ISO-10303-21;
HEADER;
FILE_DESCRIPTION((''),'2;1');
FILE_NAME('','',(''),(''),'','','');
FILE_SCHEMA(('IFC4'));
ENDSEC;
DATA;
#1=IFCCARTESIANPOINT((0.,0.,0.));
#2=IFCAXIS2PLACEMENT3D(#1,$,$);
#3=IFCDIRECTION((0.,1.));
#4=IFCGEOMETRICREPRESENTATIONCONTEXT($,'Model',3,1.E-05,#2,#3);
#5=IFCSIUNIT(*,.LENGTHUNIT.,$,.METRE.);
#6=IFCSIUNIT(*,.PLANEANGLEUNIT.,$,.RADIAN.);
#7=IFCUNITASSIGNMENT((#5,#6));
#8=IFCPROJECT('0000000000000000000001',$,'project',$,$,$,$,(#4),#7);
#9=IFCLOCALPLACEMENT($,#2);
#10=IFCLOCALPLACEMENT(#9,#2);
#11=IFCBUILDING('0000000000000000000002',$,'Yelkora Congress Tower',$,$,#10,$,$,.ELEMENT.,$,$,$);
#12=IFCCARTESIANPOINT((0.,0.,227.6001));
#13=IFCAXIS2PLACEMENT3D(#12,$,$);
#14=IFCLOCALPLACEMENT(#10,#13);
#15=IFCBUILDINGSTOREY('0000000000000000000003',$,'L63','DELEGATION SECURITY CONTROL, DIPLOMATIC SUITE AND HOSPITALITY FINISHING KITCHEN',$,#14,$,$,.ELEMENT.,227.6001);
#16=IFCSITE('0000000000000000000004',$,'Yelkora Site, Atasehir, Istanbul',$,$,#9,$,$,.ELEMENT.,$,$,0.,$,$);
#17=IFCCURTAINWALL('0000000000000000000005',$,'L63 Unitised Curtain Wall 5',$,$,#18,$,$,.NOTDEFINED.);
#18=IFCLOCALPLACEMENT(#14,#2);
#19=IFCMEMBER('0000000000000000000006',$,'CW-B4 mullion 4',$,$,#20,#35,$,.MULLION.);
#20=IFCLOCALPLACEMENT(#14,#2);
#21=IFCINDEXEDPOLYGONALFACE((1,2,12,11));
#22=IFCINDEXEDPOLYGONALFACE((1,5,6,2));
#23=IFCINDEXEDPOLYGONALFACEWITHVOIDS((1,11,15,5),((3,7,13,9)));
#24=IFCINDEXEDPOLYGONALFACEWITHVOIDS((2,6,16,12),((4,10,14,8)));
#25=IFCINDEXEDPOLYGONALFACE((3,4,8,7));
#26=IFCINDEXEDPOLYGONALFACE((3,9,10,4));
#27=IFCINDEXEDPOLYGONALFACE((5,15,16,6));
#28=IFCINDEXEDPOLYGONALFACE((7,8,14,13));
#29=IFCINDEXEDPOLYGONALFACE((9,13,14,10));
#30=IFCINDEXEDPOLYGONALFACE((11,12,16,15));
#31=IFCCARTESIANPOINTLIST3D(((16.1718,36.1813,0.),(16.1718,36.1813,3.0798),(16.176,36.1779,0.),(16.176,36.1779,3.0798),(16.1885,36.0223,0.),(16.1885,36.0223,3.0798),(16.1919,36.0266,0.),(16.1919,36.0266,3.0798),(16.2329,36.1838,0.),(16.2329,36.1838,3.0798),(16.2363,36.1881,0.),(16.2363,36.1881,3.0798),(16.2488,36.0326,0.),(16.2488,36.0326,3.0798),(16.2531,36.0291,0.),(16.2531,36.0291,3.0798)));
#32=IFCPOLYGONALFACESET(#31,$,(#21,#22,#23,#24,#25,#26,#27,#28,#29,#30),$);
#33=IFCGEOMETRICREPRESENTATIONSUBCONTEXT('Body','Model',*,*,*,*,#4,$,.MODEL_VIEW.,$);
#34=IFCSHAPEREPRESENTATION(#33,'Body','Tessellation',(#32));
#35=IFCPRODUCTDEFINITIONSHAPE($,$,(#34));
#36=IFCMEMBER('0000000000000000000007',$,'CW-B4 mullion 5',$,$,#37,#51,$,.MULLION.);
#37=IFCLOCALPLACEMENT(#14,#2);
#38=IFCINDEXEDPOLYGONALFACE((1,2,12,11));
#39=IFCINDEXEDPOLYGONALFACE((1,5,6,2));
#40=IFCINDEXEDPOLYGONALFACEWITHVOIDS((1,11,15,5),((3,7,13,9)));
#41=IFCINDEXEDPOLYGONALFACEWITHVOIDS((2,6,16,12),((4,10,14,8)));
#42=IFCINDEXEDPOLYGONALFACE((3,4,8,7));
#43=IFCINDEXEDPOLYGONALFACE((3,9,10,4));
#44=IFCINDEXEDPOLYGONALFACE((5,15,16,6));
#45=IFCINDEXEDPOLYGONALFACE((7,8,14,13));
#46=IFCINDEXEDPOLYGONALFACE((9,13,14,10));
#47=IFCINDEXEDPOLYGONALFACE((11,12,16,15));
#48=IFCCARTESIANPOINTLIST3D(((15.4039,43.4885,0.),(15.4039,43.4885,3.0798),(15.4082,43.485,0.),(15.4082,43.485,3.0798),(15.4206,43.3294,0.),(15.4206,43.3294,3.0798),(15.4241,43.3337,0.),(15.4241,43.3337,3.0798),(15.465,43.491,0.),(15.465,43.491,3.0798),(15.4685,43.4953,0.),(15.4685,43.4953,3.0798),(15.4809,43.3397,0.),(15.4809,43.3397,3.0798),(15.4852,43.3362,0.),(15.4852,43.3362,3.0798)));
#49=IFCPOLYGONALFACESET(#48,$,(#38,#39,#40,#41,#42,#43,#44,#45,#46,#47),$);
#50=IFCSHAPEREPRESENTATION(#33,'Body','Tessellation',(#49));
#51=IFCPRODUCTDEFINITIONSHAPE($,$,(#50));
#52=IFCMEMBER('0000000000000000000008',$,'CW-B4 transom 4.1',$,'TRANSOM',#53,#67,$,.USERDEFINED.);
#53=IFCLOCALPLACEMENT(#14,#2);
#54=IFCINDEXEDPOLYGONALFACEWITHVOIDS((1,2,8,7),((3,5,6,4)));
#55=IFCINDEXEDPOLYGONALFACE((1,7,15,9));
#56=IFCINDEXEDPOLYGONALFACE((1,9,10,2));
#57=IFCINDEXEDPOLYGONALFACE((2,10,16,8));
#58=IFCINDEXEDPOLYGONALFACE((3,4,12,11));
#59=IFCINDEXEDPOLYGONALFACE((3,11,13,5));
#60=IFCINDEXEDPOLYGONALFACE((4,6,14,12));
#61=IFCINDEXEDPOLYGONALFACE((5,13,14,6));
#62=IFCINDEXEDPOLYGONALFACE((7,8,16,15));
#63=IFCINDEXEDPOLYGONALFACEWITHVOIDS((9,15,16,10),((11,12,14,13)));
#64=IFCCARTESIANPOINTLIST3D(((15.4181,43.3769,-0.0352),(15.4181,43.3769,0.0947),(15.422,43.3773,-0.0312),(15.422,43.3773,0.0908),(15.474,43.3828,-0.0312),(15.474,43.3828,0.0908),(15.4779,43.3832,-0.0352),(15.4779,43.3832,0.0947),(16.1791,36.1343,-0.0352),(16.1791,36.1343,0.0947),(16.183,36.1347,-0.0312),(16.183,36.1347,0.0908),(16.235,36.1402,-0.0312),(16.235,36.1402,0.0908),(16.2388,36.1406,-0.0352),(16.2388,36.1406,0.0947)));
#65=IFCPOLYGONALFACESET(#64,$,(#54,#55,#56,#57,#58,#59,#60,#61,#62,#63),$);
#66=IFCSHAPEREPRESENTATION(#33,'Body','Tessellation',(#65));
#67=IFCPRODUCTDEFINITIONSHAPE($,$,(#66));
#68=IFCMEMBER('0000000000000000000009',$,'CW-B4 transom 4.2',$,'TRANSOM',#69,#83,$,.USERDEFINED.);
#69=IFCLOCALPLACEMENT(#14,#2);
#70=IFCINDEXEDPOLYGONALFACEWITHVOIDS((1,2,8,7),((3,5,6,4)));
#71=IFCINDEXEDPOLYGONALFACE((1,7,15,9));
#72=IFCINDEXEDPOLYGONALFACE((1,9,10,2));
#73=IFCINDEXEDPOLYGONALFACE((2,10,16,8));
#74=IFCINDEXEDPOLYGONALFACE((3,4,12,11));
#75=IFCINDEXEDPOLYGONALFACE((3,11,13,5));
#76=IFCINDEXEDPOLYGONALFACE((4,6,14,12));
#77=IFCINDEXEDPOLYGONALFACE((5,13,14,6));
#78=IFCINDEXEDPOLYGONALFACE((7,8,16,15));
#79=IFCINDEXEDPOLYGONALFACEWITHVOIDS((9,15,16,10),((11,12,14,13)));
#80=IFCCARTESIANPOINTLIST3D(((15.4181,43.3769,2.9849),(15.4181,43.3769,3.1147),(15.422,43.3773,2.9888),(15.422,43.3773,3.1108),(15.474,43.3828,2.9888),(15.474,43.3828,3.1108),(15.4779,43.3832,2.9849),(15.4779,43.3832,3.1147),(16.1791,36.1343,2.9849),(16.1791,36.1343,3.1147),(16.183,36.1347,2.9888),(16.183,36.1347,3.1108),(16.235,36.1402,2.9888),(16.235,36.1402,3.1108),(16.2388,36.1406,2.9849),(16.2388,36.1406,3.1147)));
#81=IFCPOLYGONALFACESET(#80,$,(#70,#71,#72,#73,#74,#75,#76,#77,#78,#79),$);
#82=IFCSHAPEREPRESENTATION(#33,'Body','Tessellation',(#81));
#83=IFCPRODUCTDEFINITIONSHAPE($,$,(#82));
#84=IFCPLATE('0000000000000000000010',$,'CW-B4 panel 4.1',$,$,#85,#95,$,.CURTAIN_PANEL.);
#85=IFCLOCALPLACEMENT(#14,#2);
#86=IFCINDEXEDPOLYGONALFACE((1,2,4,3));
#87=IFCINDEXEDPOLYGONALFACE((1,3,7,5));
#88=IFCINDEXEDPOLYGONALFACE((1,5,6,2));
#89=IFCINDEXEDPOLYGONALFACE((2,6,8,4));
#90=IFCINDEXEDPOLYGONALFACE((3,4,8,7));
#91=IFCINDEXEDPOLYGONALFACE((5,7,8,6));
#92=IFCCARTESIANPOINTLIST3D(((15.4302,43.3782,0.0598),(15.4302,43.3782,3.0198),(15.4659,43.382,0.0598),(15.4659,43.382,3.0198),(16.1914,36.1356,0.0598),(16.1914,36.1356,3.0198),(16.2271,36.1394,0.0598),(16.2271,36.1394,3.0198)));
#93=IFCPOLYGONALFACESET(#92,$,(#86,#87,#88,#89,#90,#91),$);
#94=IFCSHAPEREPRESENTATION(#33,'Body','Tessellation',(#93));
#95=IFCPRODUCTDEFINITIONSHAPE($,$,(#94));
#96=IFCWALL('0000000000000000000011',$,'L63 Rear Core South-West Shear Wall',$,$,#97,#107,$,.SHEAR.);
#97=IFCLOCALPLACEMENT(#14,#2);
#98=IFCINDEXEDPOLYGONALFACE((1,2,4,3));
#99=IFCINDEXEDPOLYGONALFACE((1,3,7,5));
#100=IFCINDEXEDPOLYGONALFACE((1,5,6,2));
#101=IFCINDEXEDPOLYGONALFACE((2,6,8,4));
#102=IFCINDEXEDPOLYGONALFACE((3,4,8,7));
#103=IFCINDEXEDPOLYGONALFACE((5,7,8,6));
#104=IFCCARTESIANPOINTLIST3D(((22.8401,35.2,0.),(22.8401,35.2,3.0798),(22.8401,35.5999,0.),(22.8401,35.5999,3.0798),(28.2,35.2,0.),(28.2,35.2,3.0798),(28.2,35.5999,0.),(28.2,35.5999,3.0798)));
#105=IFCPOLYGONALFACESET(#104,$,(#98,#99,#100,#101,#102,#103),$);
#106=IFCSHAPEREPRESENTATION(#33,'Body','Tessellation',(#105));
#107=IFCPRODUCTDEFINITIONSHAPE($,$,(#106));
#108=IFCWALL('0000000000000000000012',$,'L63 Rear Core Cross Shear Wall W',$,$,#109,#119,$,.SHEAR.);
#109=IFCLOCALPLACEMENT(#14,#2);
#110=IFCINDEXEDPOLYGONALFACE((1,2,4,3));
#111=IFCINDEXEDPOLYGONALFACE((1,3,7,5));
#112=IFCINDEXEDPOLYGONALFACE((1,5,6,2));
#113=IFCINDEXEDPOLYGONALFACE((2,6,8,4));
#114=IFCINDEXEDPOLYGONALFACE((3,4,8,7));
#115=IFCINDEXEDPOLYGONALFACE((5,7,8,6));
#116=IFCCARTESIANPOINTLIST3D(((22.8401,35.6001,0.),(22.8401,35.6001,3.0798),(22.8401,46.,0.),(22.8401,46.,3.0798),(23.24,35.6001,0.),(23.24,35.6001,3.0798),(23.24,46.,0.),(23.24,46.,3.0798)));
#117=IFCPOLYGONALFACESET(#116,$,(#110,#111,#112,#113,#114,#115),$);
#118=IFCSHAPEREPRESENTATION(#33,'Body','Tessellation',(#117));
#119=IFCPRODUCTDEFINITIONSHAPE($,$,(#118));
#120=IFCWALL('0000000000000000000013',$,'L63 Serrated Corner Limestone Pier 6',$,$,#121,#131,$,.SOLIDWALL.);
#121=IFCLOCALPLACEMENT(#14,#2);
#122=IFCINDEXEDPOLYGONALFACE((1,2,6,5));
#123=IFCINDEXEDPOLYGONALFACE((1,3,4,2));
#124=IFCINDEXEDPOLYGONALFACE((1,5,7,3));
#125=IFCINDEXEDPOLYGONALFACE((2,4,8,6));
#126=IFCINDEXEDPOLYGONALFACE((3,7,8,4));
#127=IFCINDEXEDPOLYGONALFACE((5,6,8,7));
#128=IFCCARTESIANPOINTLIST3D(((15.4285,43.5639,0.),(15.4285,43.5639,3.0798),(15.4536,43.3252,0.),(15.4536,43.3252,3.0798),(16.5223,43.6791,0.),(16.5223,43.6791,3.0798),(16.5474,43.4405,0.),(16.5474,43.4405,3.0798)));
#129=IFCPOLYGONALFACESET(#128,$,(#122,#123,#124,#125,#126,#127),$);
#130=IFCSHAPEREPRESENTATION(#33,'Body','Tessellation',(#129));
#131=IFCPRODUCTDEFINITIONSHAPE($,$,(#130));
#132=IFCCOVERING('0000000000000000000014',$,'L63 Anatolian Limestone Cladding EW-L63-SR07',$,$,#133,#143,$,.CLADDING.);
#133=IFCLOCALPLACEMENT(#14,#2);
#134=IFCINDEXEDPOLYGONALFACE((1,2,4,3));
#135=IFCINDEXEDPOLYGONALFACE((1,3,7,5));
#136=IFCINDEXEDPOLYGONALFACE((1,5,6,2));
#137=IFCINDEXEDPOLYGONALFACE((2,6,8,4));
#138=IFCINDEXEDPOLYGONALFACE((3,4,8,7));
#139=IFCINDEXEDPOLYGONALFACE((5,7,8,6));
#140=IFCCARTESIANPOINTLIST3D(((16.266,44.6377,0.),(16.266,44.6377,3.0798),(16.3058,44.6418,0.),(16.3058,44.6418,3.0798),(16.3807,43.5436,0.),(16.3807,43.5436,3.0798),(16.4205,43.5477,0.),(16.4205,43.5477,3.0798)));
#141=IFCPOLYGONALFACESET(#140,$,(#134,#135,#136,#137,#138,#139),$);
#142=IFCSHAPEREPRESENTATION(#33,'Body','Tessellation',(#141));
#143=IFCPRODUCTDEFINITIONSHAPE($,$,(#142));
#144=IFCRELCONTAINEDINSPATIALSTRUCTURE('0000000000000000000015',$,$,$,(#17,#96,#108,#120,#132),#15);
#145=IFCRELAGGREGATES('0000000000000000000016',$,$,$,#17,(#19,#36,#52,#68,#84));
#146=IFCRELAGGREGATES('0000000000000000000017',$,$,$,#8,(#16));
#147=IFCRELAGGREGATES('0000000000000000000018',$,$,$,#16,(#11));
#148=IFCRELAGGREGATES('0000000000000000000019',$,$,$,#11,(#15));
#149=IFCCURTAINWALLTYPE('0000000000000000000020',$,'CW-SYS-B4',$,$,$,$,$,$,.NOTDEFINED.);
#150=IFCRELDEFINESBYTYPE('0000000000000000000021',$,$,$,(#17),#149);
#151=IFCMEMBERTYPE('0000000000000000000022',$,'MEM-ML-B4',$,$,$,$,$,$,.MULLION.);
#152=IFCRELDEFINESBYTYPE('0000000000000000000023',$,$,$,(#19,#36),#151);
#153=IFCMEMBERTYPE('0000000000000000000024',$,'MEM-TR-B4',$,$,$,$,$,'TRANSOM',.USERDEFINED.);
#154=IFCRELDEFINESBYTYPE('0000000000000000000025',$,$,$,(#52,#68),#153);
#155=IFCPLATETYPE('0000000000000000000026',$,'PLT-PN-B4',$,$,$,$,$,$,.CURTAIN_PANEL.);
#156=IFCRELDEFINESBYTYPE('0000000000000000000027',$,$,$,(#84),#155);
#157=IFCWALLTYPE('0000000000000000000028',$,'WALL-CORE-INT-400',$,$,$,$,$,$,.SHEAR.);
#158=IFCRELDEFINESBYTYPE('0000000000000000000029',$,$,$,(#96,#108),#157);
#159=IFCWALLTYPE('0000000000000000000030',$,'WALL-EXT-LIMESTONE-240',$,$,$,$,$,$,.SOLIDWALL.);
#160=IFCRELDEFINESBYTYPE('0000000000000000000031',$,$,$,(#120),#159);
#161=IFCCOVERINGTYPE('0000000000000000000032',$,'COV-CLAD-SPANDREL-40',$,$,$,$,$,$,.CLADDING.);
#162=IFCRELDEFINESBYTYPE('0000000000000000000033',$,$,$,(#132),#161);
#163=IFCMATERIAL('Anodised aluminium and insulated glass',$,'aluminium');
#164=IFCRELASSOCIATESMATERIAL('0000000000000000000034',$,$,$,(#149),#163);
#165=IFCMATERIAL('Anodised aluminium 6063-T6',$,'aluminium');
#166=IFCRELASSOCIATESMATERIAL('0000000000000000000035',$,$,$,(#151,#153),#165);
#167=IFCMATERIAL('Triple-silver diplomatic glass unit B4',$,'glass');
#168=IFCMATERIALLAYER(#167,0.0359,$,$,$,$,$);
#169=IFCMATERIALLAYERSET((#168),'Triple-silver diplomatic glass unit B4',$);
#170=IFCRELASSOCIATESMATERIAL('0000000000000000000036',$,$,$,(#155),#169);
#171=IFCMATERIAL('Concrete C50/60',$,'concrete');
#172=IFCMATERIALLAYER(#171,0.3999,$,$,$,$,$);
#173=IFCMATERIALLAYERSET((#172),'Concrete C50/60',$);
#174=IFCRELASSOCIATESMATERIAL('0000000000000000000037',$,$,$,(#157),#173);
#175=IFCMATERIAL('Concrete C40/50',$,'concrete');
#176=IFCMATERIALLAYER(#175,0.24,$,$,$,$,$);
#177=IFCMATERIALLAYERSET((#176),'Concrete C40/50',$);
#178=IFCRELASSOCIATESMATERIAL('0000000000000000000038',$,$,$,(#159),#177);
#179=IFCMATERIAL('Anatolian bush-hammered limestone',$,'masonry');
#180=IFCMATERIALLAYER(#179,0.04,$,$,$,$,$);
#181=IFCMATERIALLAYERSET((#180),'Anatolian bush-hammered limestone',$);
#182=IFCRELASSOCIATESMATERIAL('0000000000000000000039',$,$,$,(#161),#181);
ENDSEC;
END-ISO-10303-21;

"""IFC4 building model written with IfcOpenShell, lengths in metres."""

from ifc_helpers import new_model, si_unit, direction, frame, frame_2d, origin, origin_2d, place, context, subcontext, project, spatial, rectangle, hollow_rectangle, extrude, material, layer, layer_set, material_profile, profile_set, type_object, element, aggregate, save


model = new_model("IFC4")

# Units and contexts
model_context = context("Model", 3, precision=1e-05, world=origin(), true_north=direction((0.0, 1.0)))
body_context = subcontext(model_context, "Body", "Model", "MODEL_VIEW")
ifc_project = project(units=[si_unit("LENGTHUNIT", "METRE"), si_unit("PLANEANGLEUNIT", "RADIAN")], contexts=[model_context])

# Site, building, storey
site_placement = place(None, origin())
site = spatial("IfcSite", under=ifc_project, at=site_placement, Name="Yelkora Site, Atasehir, Istanbul", CompositionType="ELEMENT", RefElevation=0.0)
building_placement = place(site_placement, origin())
building = spatial("IfcBuilding", under=site, at=building_placement, Name="Yelkora Congress Tower", CompositionType="ELEMENT")
storey_placement = place(building_placement, frame((0.0, 0.0, 227.6001)))
storey = spatial("IfcBuildingStorey", under=building, at=storey_placement, Name="L63", Description="DELEGATION SECURITY CONTROL, DIPLOMATIC SUITE AND HOSPITALITY FINISHING KITCHEN", CompositionType="ELEMENT", Elevation=227.6001)

# Curtain wall, members, plate
ifc_material_1 = material(Name="Anodised aluminium and insulated glass", Category="aluminium")
curtain_wall_type = type_object("IfcCurtainWallType", Name="CW-SYS-B4", PredefinedType="NOTDEFINED", material=ifc_material_1)
curtain_wall_placement = place(storey_placement, origin())
curtain_wall = element("IfcCurtainWall", 1, at=curtain_wall_placement, inside=storey, type_object=curtain_wall_type, Name="L63 Unitised Curtain Wall 5", PredefinedType="NOTDEFINED")
ifc_material_2 = material(Name="Anodised aluminium 6063-T6", Category="aluminium")
ifc_material_profile_1 = material_profile(ifc_material_2, hollow_rectangle(XDim=0.0649, YDim=0.1599, WallThickness=0.0039, at=origin_2d()), Name="ALU 65x160x4")
ifc_profile_set_1 = profile_set([ifc_material_profile_1], Name="Anodised aluminium 6063-T6")
member_type_1 = type_object("IfcMemberType", Name="MEM-ML-B4", PredefinedType="MULLION", material=ifc_profile_set_1)
member_1_placement = place(storey_placement, frame((16.2124, 36.1052, 0.0), z_axis=(0.0, 0.0, 1.0), x_axis=(-0.994522, -0.104526, 0.0)))
member_1 = element("IfcMember", 2, at=member_1_placement, type_object=member_type_1, Name="CW-B4 mullion 4", PredefinedType="MULLION", context=body_context, shape_type="SweptSolid", body=[
    extrude(hollow_rectangle(XDim=0.0649, YDim=0.1599, WallThickness=0.0039, at=origin_2d()), origin(), (0.0, 0.0, 1.0), 3.0798),
])
member_2_placement = place(storey_placement, frame((15.4446, 43.4124, 0.0), z_axis=(0.0, 0.0, 1.0), x_axis=(-0.994522, -0.104526, 0.0)))
member_2 = element("IfcMember", 3, at=member_2_placement, type_object=member_type_1, Name="CW-B4 mullion 5", PredefinedType="MULLION", context=body_context, shape_type="SweptSolid", body=[
    extrude(hollow_rectangle(XDim=0.0649, YDim=0.1599, WallThickness=0.0039, at=origin_2d()), origin(), (0.0, 0.0, 1.0), 3.0798),
])
ifc_material_profile_2 = material_profile(ifc_material_2, hollow_rectangle(XDim=0.0601, YDim=0.1299, WallThickness=0.0039, at=origin_2d()), Name="ALU 60x130x4")
ifc_profile_set_2 = profile_set([ifc_material_profile_2], Name="Anodised aluminium 6063-T6")
member_type_2 = type_object("IfcMemberType", Name="MEM-TR-B4", ElementType="TRANSOM", PredefinedType="USERDEFINED", material=ifc_profile_set_2)
member_3_placement = place(storey_placement, frame((16.209, 36.1375, 0.0298), z_axis=(-0.104495, 0.994525, 0.0), x_axis=(-0.994525, -0.104495, 0.0)))
member_3 = element("IfcMember", 4, at=member_3_placement, type_object=member_type_2, Name="CW-B4 transom 4.1", ObjectType="TRANSOM", PredefinedType="USERDEFINED", context=body_context, shape_type="SweptSolid", body=[
    extrude(hollow_rectangle(XDim=0.0601, YDim=0.1299, WallThickness=0.0039, at=origin_2d()), origin(), (0.0, 0.0, 1.0), 7.2825),
])
member_4_placement = place(storey_placement, frame((16.209, 36.1375, 3.0498), z_axis=(-0.104495, 0.994525, 0.0), x_axis=(-0.994525, -0.104495, 0.0)))
member_4 = element("IfcMember", 5, at=member_4_placement, type_object=member_type_2, Name="CW-B4 transom 4.2", ObjectType="TRANSOM", PredefinedType="USERDEFINED", context=body_context, shape_type="SweptSolid", body=[
    extrude(hollow_rectangle(XDim=0.0601, YDim=0.1299, WallThickness=0.0039, at=origin_2d()), origin(), (0.0, 0.0, 1.0), 7.2825),
])
ifc_material_3 = material(Name="Triple-silver diplomatic glass unit B4", Category="glass")
ifc_layer_1 = layer(ifc_material_3, 0.0359)
ifc_layer_set_1 = layer_set([ifc_layer_1], Name="Triple-silver diplomatic glass unit B4")
plate_type = type_object("IfcPlateType", Name="PLT-PN-B4", PredefinedType="CURTAIN_PANEL", material=ifc_layer_set_1)
plate_placement = place(storey_placement, frame((15.8286, 39.7588, 0.0598), z_axis=(0.0, 0.0, 1.0), x_axis=(-0.104526, 0.994522, 0.0)))
plate = element("IfcPlate", 6, at=plate_placement, type_object=plate_type, Name="CW-B4 panel 4.1", PredefinedType="CURTAIN_PANEL", context=body_context, shape_type="SweptSolid", body=[
    extrude(rectangle(XDim=7.2825, YDim=0.0359, at=origin_2d()), origin(), (0.0, 0.0, 1.0), 2.96),
])
aggregate(curtain_wall, [member_1, member_2, member_3, member_4, plate])

# Walls
ifc_material_4 = material(Name="Concrete C50/60", Category="concrete")
ifc_layer_2 = layer(ifc_material_4, 0.3999)
ifc_layer_set_2 = layer_set([ifc_layer_2], Name="Concrete C50/60")
wall_type_1 = type_object("IfcWallType", Name="WALL-CORE-INT-400", PredefinedType="SHEAR", material=ifc_layer_set_2)
wall_1_placement = place(storey_placement, frame((22.8401, 35.3999, 0.0), z_axis=(0.0, 0.0, 1.0), x_axis=(1.0, 0.0, 0.0)))
element("IfcWall", 7, at=wall_1_placement, inside=storey, type_object=wall_type_1, Name="L63 Rear Core South-West Shear Wall", PredefinedType="SHEAR", context=body_context, shape_type="SweptSolid", body=[
    extrude(rectangle(XDim=5.3599, YDim=0.3999, at=frame_2d((2.6799, 0.0))), origin(), (0.0, 0.0, 1.0), 3.0798),
])
wall_2_placement = place(storey_placement, frame((23.04, 35.6001, 0.0), z_axis=(0.0, 0.0, 1.0), x_axis=(0.0, 1.0, 0.0)))
element("IfcWall", 8, at=wall_2_placement, inside=storey, type_object=wall_type_1, Name="L63 Rear Core Cross Shear Wall W", PredefinedType="SHEAR", context=body_context, shape_type="SweptSolid", body=[
    extrude(rectangle(XDim=10.3999, YDim=0.3999, at=frame_2d((5.2, 0.0))), origin(), (0.0, 0.0, 1.0), 3.0798),
])
ifc_material_5 = material(Name="Concrete C40/50", Category="concrete")
ifc_layer_3 = layer(ifc_material_5, 0.24)
ifc_layer_set_3 = layer_set([ifc_layer_3], Name="Concrete C40/50")
wall_type_2 = type_object("IfcWallType", Name="WALL-EXT-LIMESTONE-240", PredefinedType="SOLIDWALL", material=ifc_layer_set_3)
wall_3_placement = place(storey_placement, frame((15.4412, 43.4446, 0.0), z_axis=(0.0, 0.0, 1.0), x_axis=(0.994496, 0.104777, 0.0)))
element("IfcWall", 9, at=wall_3_placement, inside=storey, type_object=wall_type_2, Name="L63 Serrated Corner Limestone Pier 6", PredefinedType="SOLIDWALL", context=body_context, shape_type="SweptSolid", body=[
    extrude(rectangle(XDim=1.0999, YDim=0.24, at=frame_2d((0.5498, 0.0))), origin(), (0.0, 0.0, 1.0), 3.0798),
])

# Covering
ifc_material_6 = material(Name="Anatolian bush-hammered limestone", Category="masonry")
ifc_layer_4 = layer(ifc_material_6, 0.04)
ifc_layer_set_4 = layer_set([ifc_layer_4], Name="Anatolian bush-hammered limestone")
covering_type = type_object("IfcCoveringType", Name="COV-CLAD-SPANDREL-40", PredefinedType="CLADDING", material=ifc_layer_set_4)
covering_placement = place(storey_placement, frame((16.4006, 43.5457, 0.0), z_axis=(0.0, 0.0, 1.0), x_axis=(-0.104315, 0.994544, 0.0)))
element("IfcCovering", 10, at=covering_placement, inside=storey, type_object=covering_type, Name="L63 Anatolian Limestone Cladding EW-L63-SR07", PredefinedType="CLADDING", context=body_context, shape_type="SweptSolid", body=[
    extrude(rectangle(XDim=1.1001, YDim=0.04, at=frame_2d((0.55, 0.0))), origin(), (0.0, 0.0, 1.0), 3.0798),
])

save(model, "model.ifc")
